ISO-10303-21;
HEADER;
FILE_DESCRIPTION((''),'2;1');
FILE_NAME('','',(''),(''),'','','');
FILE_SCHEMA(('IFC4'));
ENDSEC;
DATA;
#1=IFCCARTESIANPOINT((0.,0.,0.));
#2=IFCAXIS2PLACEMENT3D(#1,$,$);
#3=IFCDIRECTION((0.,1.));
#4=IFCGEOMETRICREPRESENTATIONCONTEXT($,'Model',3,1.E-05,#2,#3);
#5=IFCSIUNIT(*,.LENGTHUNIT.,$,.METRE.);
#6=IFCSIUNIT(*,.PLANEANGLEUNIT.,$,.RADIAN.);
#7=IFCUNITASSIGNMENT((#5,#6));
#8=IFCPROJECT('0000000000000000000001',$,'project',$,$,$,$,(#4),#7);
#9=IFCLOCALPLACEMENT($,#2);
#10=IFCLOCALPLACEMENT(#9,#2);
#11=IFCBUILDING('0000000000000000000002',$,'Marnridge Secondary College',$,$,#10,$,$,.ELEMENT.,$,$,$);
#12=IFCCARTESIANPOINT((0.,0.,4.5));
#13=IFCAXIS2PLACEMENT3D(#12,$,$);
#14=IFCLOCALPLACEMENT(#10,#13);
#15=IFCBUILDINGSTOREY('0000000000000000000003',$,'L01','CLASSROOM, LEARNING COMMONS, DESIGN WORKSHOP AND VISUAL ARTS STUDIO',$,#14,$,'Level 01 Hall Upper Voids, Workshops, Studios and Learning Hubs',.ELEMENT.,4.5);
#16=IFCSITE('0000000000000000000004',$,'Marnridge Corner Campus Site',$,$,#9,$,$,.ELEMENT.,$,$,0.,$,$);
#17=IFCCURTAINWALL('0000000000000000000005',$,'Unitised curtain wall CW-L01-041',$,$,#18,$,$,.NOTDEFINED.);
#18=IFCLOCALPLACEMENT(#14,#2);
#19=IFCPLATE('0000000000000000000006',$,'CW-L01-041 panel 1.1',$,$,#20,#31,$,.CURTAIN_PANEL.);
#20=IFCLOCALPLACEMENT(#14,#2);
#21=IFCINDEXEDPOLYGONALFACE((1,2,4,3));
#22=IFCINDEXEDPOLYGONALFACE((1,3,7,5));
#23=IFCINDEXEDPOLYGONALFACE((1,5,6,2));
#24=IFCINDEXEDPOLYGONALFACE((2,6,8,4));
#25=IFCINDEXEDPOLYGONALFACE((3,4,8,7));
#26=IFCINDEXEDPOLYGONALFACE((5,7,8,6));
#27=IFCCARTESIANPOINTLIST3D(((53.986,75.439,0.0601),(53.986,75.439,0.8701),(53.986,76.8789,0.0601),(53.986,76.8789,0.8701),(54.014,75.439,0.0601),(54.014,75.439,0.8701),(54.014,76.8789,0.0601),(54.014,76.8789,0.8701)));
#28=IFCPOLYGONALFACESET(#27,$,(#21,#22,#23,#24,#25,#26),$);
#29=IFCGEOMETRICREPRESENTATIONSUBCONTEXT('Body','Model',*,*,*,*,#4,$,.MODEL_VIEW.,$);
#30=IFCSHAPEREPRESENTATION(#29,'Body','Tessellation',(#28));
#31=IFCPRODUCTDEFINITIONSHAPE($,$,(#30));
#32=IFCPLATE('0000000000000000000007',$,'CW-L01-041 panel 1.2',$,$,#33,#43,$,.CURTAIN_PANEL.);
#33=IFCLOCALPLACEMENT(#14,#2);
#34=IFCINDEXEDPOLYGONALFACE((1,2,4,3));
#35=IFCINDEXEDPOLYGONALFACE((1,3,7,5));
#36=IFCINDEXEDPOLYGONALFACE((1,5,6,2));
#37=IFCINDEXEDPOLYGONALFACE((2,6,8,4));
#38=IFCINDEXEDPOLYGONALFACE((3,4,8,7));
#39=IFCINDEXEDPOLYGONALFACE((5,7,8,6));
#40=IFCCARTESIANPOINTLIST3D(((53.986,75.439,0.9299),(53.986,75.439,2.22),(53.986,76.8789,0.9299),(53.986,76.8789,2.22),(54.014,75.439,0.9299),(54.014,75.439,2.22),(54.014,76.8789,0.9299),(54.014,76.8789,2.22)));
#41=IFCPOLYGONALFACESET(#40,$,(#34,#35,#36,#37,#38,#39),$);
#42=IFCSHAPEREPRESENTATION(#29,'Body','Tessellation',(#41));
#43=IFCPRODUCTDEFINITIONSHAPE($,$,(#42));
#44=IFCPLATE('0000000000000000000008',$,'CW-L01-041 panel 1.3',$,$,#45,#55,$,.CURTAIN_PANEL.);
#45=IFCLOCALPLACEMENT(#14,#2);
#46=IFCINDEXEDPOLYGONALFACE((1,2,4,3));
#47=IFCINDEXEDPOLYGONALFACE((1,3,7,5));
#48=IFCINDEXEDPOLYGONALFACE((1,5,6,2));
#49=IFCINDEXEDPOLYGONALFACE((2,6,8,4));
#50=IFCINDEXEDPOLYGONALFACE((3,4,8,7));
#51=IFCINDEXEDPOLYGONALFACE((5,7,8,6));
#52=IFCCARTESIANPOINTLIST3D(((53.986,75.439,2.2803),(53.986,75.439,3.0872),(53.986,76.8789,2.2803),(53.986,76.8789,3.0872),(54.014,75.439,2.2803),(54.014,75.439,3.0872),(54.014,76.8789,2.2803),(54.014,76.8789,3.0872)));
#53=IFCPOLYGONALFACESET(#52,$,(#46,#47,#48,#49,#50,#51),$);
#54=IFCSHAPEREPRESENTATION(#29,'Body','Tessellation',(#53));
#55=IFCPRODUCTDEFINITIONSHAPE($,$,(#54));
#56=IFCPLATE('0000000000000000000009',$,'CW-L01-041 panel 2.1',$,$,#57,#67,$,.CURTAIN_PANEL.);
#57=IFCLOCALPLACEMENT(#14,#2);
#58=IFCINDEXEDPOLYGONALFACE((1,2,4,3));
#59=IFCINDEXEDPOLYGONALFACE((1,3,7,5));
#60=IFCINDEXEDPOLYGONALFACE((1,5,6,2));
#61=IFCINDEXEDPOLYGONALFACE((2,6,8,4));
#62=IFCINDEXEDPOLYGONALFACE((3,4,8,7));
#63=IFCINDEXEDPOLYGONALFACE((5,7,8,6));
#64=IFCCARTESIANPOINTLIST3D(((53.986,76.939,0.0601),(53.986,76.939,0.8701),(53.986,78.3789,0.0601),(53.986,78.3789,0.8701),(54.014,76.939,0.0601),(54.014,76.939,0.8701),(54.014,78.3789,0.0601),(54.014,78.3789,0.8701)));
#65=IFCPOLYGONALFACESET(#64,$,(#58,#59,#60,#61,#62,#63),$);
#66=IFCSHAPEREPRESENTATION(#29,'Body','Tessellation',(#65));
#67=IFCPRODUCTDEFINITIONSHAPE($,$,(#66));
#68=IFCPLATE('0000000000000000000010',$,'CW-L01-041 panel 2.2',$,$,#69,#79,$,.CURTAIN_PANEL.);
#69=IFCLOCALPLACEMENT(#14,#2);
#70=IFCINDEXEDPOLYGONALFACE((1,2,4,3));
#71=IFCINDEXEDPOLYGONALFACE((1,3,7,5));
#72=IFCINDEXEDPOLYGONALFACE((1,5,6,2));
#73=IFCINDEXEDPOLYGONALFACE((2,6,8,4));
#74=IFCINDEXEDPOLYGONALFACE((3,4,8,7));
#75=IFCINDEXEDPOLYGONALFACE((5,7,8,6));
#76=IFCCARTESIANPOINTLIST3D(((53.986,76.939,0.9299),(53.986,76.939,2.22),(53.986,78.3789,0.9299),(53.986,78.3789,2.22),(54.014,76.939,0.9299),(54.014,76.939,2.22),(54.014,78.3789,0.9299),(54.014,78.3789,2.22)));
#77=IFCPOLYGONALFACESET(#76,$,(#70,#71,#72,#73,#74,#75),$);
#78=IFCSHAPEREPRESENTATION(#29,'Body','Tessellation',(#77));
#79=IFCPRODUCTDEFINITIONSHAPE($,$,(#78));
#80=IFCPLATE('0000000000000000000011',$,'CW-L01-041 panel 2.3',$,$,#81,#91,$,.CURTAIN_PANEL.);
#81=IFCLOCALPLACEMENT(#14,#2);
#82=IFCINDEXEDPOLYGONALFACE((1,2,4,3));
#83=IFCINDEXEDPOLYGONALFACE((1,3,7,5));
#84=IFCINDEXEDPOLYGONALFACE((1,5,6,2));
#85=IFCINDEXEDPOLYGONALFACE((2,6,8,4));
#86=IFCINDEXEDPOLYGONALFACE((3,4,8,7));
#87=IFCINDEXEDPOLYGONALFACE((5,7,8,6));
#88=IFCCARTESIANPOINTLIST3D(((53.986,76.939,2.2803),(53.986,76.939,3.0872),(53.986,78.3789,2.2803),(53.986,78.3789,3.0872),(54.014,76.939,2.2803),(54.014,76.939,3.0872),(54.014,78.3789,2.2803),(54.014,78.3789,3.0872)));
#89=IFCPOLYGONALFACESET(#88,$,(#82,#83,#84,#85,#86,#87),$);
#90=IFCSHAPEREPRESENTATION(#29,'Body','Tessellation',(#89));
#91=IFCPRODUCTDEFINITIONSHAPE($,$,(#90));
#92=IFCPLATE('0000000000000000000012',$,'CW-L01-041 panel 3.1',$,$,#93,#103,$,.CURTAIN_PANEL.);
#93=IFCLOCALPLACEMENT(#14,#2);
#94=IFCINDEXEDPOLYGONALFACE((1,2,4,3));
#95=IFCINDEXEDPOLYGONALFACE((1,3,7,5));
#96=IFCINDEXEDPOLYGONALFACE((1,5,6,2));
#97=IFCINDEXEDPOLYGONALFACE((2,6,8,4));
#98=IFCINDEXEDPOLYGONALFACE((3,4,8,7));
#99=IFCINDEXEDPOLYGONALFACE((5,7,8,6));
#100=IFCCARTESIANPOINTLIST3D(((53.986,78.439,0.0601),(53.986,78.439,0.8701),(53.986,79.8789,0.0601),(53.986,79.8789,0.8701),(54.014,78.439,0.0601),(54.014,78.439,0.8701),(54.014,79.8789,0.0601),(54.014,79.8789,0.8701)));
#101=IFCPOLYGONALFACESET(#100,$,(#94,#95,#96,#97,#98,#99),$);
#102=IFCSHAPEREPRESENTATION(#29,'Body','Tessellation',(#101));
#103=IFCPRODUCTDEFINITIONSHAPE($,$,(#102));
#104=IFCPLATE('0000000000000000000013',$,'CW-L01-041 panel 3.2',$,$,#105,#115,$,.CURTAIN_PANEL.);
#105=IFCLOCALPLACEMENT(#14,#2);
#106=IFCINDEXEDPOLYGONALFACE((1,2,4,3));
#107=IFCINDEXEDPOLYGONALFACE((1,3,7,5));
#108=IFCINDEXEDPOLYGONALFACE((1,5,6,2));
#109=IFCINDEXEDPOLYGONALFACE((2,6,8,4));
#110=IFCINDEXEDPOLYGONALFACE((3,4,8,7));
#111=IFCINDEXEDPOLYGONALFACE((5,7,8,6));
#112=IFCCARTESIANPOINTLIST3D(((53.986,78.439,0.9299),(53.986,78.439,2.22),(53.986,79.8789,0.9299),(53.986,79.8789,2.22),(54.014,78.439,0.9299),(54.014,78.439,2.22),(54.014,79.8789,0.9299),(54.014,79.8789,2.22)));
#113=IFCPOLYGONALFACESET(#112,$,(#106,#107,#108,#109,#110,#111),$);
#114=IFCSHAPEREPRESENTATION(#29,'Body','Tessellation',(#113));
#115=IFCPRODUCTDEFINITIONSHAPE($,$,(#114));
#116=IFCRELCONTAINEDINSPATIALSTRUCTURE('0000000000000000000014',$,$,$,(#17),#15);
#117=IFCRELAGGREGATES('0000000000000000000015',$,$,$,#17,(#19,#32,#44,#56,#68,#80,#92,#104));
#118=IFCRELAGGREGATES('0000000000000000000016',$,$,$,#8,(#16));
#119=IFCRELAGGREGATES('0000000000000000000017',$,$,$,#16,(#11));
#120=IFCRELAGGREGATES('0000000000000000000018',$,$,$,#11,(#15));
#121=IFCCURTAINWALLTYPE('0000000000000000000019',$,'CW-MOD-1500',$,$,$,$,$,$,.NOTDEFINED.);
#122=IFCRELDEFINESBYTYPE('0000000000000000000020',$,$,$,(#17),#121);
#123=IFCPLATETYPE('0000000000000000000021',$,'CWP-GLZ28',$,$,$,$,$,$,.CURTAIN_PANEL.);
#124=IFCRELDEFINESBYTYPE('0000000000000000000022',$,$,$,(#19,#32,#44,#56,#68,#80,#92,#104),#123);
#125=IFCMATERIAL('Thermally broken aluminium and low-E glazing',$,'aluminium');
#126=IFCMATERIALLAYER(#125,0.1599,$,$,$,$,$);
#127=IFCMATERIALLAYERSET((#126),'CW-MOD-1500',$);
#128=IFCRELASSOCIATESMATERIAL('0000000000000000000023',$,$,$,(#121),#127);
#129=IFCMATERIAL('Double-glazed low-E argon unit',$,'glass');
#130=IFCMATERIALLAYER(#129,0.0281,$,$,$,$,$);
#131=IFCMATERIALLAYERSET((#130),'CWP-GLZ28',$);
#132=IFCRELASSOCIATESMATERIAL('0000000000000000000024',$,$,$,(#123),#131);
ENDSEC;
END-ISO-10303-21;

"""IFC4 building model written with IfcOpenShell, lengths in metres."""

from ifc_helpers import new_model, si_unit, direction, frame, origin, origin_2d, place, context, subcontext, project, spatial, rectangle, extrude, material, layer, layer_set, type_object, element, aggregate, save


model = new_model("IFC4")

# Units and contexts
model_context = context("Model", 3, precision=1e-05, world=origin(), true_north=direction((0.0, 1.0)))
body_context = subcontext(model_context, "Body", "Model", "MODEL_VIEW")
ifc_project = project(units=[si_unit("LENGTHUNIT", "METRE"), si_unit("PLANEANGLEUNIT", "RADIAN")], contexts=[model_context])

# Site, building, storey
site_placement = place(None, origin())
site = spatial("IfcSite", under=ifc_project, at=site_placement, Name="Marnridge Corner Campus Site", CompositionType="ELEMENT", RefElevation=0.0)
building_placement = place(site_placement, origin())
building = spatial("IfcBuilding", under=site, at=building_placement, Name="Marnridge Secondary College", CompositionType="ELEMENT")
storey_placement = place(building_placement, frame((0.0, 0.0, 4.5)))
storey = spatial("IfcBuildingStorey", under=building, at=storey_placement, Name="L01", Description="CLASSROOM, LEARNING COMMONS, DESIGN WORKSHOP AND VISUAL ARTS STUDIO", LongName="Level 01 Hall Upper Voids, Workshops, Studios and Learning Hubs", CompositionType="ELEMENT", Elevation=4.5)

# Curtain wall, plates
ifc_material_1 = material(Name="Thermally broken aluminium and low-E glazing", Category="aluminium")
ifc_layer_1 = layer(ifc_material_1, 0.1599)
ifc_layer_set_1 = layer_set([ifc_layer_1], Name="CW-MOD-1500")
curtain_wall_type = type_object("IfcCurtainWallType", Name="CW-MOD-1500", PredefinedType="NOTDEFINED", material=ifc_layer_set_1)
curtain_wall_placement = place(storey_placement, origin())
curtain_wall = element("IfcCurtainWall", 1, at=curtain_wall_placement, inside=storey, type_object=curtain_wall_type, Name="Unitised curtain wall CW-L01-041", PredefinedType="NOTDEFINED")
ifc_material_2 = material(Name="Double-glazed low-E argon unit", Category="glass")
ifc_layer_2 = layer(ifc_material_2, 0.0281)
ifc_layer_set_2 = layer_set([ifc_layer_2], Name="CWP-GLZ28")
plate_type = type_object("IfcPlateType", Name="CWP-GLZ28", PredefinedType="CURTAIN_PANEL", material=ifc_layer_set_2)
plate_1_placement = place(storey_placement, frame((54.0, 76.1589, 0.0601), z_axis=(0.0, 0.0, 1.0), x_axis=(0.0, 1.0, 0.0)))
plate_1 = element("IfcPlate", 2, at=plate_1_placement, type_object=plate_type, Name="CW-L01-041 panel 1.1", PredefinedType="CURTAIN_PANEL", context=body_context, shape_type="SweptSolid", body=[
    extrude(rectangle(XDim=1.4399, YDim=0.0281, at=origin_2d()), origin(), (0.0, 0.0, 1.0), 0.8101),
])
plate_2_placement = place(storey_placement, frame((54.0, 76.1589, 0.9299), z_axis=(0.0, 0.0, 1.0), x_axis=(0.0, 1.0, 0.0)))
plate_2 = element("IfcPlate", 3, at=plate_2_placement, type_object=plate_type, Name="CW-L01-041 panel 1.2", PredefinedType="CURTAIN_PANEL", context=body_context, shape_type="SweptSolid", body=[
    extrude(rectangle(XDim=1.4399, YDim=0.0281, at=origin_2d()), origin(), (0.0, 0.0, 1.0), 1.29),
])
plate_3_placement = place(storey_placement, frame((54.0, 76.1589, 2.2803), z_axis=(0.0, 0.0, 1.0), x_axis=(0.0, 1.0, 0.0)))
plate_3 = element("IfcPlate", 4, at=plate_3_placement, type_object=plate_type, Name="CW-L01-041 panel 1.3", PredefinedType="CURTAIN_PANEL", context=body_context, shape_type="SweptSolid", body=[
    extrude(rectangle(XDim=1.4399, YDim=0.0281, at=origin_2d()), origin(), (0.0, 0.0, 1.0), 0.8069),
])
plate_4_placement = place(storey_placement, frame((54.0, 77.6589, 0.0601), z_axis=(0.0, 0.0, 1.0), x_axis=(0.0, 1.0, 0.0)))
plate_4 = element("IfcPlate", 5, at=plate_4_placement, type_object=plate_type, Name="CW-L01-041 panel 2.1", PredefinedType="CURTAIN_PANEL", context=body_context, shape_type="SweptSolid", body=[
    extrude(rectangle(XDim=1.4399, YDim=0.0281, at=origin_2d()), origin(), (0.0, 0.0, 1.0), 0.8101),
])
plate_5_placement = place(storey_placement, frame((54.0, 77.6589, 0.9299), z_axis=(0.0, 0.0, 1.0), x_axis=(0.0, 1.0, 0.0)))
plate_5 = element("IfcPlate", 6, at=plate_5_placement, type_object=plate_type, Name="CW-L01-041 panel 2.2", PredefinedType="CURTAIN_PANEL", context=body_context, shape_type="SweptSolid", body=[
    extrude(rectangle(XDim=1.4399, YDim=0.0281, at=origin_2d()), origin(), (0.0, 0.0, 1.0), 1.29),
])
plate_6_placement = place(storey_placement, frame((54.0, 77.6589, 2.2803), z_axis=(0.0, 0.0, 1.0), x_axis=(0.0, 1.0, 0.0)))
plate_6 = element("IfcPlate", 7, at=plate_6_placement, type_object=plate_type, Name="CW-L01-041 panel 2.3", PredefinedType="CURTAIN_PANEL", context=body_context, shape_type="SweptSolid", body=[
    extrude(rectangle(XDim=1.4399, YDim=0.0281, at=origin_2d()), origin(), (0.0, 0.0, 1.0), 0.8069),
])
plate_7_placement = place(storey_placement, frame((54.0, 79.1589, 0.0601), z_axis=(0.0, 0.0, 1.0), x_axis=(0.0, 1.0, 0.0)))
plate_7 = element("IfcPlate", 8, at=plate_7_placement, type_object=plate_type, Name="CW-L01-041 panel 3.1", PredefinedType="CURTAIN_PANEL", context=body_context, shape_type="SweptSolid", body=[
    extrude(rectangle(XDim=1.4399, YDim=0.0281, at=origin_2d()), origin(), (0.0, 0.0, 1.0), 0.8101),
])
plate_8_placement = place(storey_placement, frame((54.0, 79.1589, 0.9299), z_axis=(0.0, 0.0, 1.0), x_axis=(0.0, 1.0, 0.0)))
plate_8 = element("IfcPlate", 9, at=plate_8_placement, type_object=plate_type, Name="CW-L01-041 panel 3.2", PredefinedType="CURTAIN_PANEL", context=body_context, shape_type="SweptSolid", body=[
    extrude(rectangle(XDim=1.4399, YDim=0.0281, at=origin_2d()), origin(), (0.0, 0.0, 1.0), 1.29),
])
aggregate(curtain_wall, [plate_1, plate_2, plate_3, plate_4, plate_5, plate_6, plate_7, plate_8])

save(model, "model.ifc")
